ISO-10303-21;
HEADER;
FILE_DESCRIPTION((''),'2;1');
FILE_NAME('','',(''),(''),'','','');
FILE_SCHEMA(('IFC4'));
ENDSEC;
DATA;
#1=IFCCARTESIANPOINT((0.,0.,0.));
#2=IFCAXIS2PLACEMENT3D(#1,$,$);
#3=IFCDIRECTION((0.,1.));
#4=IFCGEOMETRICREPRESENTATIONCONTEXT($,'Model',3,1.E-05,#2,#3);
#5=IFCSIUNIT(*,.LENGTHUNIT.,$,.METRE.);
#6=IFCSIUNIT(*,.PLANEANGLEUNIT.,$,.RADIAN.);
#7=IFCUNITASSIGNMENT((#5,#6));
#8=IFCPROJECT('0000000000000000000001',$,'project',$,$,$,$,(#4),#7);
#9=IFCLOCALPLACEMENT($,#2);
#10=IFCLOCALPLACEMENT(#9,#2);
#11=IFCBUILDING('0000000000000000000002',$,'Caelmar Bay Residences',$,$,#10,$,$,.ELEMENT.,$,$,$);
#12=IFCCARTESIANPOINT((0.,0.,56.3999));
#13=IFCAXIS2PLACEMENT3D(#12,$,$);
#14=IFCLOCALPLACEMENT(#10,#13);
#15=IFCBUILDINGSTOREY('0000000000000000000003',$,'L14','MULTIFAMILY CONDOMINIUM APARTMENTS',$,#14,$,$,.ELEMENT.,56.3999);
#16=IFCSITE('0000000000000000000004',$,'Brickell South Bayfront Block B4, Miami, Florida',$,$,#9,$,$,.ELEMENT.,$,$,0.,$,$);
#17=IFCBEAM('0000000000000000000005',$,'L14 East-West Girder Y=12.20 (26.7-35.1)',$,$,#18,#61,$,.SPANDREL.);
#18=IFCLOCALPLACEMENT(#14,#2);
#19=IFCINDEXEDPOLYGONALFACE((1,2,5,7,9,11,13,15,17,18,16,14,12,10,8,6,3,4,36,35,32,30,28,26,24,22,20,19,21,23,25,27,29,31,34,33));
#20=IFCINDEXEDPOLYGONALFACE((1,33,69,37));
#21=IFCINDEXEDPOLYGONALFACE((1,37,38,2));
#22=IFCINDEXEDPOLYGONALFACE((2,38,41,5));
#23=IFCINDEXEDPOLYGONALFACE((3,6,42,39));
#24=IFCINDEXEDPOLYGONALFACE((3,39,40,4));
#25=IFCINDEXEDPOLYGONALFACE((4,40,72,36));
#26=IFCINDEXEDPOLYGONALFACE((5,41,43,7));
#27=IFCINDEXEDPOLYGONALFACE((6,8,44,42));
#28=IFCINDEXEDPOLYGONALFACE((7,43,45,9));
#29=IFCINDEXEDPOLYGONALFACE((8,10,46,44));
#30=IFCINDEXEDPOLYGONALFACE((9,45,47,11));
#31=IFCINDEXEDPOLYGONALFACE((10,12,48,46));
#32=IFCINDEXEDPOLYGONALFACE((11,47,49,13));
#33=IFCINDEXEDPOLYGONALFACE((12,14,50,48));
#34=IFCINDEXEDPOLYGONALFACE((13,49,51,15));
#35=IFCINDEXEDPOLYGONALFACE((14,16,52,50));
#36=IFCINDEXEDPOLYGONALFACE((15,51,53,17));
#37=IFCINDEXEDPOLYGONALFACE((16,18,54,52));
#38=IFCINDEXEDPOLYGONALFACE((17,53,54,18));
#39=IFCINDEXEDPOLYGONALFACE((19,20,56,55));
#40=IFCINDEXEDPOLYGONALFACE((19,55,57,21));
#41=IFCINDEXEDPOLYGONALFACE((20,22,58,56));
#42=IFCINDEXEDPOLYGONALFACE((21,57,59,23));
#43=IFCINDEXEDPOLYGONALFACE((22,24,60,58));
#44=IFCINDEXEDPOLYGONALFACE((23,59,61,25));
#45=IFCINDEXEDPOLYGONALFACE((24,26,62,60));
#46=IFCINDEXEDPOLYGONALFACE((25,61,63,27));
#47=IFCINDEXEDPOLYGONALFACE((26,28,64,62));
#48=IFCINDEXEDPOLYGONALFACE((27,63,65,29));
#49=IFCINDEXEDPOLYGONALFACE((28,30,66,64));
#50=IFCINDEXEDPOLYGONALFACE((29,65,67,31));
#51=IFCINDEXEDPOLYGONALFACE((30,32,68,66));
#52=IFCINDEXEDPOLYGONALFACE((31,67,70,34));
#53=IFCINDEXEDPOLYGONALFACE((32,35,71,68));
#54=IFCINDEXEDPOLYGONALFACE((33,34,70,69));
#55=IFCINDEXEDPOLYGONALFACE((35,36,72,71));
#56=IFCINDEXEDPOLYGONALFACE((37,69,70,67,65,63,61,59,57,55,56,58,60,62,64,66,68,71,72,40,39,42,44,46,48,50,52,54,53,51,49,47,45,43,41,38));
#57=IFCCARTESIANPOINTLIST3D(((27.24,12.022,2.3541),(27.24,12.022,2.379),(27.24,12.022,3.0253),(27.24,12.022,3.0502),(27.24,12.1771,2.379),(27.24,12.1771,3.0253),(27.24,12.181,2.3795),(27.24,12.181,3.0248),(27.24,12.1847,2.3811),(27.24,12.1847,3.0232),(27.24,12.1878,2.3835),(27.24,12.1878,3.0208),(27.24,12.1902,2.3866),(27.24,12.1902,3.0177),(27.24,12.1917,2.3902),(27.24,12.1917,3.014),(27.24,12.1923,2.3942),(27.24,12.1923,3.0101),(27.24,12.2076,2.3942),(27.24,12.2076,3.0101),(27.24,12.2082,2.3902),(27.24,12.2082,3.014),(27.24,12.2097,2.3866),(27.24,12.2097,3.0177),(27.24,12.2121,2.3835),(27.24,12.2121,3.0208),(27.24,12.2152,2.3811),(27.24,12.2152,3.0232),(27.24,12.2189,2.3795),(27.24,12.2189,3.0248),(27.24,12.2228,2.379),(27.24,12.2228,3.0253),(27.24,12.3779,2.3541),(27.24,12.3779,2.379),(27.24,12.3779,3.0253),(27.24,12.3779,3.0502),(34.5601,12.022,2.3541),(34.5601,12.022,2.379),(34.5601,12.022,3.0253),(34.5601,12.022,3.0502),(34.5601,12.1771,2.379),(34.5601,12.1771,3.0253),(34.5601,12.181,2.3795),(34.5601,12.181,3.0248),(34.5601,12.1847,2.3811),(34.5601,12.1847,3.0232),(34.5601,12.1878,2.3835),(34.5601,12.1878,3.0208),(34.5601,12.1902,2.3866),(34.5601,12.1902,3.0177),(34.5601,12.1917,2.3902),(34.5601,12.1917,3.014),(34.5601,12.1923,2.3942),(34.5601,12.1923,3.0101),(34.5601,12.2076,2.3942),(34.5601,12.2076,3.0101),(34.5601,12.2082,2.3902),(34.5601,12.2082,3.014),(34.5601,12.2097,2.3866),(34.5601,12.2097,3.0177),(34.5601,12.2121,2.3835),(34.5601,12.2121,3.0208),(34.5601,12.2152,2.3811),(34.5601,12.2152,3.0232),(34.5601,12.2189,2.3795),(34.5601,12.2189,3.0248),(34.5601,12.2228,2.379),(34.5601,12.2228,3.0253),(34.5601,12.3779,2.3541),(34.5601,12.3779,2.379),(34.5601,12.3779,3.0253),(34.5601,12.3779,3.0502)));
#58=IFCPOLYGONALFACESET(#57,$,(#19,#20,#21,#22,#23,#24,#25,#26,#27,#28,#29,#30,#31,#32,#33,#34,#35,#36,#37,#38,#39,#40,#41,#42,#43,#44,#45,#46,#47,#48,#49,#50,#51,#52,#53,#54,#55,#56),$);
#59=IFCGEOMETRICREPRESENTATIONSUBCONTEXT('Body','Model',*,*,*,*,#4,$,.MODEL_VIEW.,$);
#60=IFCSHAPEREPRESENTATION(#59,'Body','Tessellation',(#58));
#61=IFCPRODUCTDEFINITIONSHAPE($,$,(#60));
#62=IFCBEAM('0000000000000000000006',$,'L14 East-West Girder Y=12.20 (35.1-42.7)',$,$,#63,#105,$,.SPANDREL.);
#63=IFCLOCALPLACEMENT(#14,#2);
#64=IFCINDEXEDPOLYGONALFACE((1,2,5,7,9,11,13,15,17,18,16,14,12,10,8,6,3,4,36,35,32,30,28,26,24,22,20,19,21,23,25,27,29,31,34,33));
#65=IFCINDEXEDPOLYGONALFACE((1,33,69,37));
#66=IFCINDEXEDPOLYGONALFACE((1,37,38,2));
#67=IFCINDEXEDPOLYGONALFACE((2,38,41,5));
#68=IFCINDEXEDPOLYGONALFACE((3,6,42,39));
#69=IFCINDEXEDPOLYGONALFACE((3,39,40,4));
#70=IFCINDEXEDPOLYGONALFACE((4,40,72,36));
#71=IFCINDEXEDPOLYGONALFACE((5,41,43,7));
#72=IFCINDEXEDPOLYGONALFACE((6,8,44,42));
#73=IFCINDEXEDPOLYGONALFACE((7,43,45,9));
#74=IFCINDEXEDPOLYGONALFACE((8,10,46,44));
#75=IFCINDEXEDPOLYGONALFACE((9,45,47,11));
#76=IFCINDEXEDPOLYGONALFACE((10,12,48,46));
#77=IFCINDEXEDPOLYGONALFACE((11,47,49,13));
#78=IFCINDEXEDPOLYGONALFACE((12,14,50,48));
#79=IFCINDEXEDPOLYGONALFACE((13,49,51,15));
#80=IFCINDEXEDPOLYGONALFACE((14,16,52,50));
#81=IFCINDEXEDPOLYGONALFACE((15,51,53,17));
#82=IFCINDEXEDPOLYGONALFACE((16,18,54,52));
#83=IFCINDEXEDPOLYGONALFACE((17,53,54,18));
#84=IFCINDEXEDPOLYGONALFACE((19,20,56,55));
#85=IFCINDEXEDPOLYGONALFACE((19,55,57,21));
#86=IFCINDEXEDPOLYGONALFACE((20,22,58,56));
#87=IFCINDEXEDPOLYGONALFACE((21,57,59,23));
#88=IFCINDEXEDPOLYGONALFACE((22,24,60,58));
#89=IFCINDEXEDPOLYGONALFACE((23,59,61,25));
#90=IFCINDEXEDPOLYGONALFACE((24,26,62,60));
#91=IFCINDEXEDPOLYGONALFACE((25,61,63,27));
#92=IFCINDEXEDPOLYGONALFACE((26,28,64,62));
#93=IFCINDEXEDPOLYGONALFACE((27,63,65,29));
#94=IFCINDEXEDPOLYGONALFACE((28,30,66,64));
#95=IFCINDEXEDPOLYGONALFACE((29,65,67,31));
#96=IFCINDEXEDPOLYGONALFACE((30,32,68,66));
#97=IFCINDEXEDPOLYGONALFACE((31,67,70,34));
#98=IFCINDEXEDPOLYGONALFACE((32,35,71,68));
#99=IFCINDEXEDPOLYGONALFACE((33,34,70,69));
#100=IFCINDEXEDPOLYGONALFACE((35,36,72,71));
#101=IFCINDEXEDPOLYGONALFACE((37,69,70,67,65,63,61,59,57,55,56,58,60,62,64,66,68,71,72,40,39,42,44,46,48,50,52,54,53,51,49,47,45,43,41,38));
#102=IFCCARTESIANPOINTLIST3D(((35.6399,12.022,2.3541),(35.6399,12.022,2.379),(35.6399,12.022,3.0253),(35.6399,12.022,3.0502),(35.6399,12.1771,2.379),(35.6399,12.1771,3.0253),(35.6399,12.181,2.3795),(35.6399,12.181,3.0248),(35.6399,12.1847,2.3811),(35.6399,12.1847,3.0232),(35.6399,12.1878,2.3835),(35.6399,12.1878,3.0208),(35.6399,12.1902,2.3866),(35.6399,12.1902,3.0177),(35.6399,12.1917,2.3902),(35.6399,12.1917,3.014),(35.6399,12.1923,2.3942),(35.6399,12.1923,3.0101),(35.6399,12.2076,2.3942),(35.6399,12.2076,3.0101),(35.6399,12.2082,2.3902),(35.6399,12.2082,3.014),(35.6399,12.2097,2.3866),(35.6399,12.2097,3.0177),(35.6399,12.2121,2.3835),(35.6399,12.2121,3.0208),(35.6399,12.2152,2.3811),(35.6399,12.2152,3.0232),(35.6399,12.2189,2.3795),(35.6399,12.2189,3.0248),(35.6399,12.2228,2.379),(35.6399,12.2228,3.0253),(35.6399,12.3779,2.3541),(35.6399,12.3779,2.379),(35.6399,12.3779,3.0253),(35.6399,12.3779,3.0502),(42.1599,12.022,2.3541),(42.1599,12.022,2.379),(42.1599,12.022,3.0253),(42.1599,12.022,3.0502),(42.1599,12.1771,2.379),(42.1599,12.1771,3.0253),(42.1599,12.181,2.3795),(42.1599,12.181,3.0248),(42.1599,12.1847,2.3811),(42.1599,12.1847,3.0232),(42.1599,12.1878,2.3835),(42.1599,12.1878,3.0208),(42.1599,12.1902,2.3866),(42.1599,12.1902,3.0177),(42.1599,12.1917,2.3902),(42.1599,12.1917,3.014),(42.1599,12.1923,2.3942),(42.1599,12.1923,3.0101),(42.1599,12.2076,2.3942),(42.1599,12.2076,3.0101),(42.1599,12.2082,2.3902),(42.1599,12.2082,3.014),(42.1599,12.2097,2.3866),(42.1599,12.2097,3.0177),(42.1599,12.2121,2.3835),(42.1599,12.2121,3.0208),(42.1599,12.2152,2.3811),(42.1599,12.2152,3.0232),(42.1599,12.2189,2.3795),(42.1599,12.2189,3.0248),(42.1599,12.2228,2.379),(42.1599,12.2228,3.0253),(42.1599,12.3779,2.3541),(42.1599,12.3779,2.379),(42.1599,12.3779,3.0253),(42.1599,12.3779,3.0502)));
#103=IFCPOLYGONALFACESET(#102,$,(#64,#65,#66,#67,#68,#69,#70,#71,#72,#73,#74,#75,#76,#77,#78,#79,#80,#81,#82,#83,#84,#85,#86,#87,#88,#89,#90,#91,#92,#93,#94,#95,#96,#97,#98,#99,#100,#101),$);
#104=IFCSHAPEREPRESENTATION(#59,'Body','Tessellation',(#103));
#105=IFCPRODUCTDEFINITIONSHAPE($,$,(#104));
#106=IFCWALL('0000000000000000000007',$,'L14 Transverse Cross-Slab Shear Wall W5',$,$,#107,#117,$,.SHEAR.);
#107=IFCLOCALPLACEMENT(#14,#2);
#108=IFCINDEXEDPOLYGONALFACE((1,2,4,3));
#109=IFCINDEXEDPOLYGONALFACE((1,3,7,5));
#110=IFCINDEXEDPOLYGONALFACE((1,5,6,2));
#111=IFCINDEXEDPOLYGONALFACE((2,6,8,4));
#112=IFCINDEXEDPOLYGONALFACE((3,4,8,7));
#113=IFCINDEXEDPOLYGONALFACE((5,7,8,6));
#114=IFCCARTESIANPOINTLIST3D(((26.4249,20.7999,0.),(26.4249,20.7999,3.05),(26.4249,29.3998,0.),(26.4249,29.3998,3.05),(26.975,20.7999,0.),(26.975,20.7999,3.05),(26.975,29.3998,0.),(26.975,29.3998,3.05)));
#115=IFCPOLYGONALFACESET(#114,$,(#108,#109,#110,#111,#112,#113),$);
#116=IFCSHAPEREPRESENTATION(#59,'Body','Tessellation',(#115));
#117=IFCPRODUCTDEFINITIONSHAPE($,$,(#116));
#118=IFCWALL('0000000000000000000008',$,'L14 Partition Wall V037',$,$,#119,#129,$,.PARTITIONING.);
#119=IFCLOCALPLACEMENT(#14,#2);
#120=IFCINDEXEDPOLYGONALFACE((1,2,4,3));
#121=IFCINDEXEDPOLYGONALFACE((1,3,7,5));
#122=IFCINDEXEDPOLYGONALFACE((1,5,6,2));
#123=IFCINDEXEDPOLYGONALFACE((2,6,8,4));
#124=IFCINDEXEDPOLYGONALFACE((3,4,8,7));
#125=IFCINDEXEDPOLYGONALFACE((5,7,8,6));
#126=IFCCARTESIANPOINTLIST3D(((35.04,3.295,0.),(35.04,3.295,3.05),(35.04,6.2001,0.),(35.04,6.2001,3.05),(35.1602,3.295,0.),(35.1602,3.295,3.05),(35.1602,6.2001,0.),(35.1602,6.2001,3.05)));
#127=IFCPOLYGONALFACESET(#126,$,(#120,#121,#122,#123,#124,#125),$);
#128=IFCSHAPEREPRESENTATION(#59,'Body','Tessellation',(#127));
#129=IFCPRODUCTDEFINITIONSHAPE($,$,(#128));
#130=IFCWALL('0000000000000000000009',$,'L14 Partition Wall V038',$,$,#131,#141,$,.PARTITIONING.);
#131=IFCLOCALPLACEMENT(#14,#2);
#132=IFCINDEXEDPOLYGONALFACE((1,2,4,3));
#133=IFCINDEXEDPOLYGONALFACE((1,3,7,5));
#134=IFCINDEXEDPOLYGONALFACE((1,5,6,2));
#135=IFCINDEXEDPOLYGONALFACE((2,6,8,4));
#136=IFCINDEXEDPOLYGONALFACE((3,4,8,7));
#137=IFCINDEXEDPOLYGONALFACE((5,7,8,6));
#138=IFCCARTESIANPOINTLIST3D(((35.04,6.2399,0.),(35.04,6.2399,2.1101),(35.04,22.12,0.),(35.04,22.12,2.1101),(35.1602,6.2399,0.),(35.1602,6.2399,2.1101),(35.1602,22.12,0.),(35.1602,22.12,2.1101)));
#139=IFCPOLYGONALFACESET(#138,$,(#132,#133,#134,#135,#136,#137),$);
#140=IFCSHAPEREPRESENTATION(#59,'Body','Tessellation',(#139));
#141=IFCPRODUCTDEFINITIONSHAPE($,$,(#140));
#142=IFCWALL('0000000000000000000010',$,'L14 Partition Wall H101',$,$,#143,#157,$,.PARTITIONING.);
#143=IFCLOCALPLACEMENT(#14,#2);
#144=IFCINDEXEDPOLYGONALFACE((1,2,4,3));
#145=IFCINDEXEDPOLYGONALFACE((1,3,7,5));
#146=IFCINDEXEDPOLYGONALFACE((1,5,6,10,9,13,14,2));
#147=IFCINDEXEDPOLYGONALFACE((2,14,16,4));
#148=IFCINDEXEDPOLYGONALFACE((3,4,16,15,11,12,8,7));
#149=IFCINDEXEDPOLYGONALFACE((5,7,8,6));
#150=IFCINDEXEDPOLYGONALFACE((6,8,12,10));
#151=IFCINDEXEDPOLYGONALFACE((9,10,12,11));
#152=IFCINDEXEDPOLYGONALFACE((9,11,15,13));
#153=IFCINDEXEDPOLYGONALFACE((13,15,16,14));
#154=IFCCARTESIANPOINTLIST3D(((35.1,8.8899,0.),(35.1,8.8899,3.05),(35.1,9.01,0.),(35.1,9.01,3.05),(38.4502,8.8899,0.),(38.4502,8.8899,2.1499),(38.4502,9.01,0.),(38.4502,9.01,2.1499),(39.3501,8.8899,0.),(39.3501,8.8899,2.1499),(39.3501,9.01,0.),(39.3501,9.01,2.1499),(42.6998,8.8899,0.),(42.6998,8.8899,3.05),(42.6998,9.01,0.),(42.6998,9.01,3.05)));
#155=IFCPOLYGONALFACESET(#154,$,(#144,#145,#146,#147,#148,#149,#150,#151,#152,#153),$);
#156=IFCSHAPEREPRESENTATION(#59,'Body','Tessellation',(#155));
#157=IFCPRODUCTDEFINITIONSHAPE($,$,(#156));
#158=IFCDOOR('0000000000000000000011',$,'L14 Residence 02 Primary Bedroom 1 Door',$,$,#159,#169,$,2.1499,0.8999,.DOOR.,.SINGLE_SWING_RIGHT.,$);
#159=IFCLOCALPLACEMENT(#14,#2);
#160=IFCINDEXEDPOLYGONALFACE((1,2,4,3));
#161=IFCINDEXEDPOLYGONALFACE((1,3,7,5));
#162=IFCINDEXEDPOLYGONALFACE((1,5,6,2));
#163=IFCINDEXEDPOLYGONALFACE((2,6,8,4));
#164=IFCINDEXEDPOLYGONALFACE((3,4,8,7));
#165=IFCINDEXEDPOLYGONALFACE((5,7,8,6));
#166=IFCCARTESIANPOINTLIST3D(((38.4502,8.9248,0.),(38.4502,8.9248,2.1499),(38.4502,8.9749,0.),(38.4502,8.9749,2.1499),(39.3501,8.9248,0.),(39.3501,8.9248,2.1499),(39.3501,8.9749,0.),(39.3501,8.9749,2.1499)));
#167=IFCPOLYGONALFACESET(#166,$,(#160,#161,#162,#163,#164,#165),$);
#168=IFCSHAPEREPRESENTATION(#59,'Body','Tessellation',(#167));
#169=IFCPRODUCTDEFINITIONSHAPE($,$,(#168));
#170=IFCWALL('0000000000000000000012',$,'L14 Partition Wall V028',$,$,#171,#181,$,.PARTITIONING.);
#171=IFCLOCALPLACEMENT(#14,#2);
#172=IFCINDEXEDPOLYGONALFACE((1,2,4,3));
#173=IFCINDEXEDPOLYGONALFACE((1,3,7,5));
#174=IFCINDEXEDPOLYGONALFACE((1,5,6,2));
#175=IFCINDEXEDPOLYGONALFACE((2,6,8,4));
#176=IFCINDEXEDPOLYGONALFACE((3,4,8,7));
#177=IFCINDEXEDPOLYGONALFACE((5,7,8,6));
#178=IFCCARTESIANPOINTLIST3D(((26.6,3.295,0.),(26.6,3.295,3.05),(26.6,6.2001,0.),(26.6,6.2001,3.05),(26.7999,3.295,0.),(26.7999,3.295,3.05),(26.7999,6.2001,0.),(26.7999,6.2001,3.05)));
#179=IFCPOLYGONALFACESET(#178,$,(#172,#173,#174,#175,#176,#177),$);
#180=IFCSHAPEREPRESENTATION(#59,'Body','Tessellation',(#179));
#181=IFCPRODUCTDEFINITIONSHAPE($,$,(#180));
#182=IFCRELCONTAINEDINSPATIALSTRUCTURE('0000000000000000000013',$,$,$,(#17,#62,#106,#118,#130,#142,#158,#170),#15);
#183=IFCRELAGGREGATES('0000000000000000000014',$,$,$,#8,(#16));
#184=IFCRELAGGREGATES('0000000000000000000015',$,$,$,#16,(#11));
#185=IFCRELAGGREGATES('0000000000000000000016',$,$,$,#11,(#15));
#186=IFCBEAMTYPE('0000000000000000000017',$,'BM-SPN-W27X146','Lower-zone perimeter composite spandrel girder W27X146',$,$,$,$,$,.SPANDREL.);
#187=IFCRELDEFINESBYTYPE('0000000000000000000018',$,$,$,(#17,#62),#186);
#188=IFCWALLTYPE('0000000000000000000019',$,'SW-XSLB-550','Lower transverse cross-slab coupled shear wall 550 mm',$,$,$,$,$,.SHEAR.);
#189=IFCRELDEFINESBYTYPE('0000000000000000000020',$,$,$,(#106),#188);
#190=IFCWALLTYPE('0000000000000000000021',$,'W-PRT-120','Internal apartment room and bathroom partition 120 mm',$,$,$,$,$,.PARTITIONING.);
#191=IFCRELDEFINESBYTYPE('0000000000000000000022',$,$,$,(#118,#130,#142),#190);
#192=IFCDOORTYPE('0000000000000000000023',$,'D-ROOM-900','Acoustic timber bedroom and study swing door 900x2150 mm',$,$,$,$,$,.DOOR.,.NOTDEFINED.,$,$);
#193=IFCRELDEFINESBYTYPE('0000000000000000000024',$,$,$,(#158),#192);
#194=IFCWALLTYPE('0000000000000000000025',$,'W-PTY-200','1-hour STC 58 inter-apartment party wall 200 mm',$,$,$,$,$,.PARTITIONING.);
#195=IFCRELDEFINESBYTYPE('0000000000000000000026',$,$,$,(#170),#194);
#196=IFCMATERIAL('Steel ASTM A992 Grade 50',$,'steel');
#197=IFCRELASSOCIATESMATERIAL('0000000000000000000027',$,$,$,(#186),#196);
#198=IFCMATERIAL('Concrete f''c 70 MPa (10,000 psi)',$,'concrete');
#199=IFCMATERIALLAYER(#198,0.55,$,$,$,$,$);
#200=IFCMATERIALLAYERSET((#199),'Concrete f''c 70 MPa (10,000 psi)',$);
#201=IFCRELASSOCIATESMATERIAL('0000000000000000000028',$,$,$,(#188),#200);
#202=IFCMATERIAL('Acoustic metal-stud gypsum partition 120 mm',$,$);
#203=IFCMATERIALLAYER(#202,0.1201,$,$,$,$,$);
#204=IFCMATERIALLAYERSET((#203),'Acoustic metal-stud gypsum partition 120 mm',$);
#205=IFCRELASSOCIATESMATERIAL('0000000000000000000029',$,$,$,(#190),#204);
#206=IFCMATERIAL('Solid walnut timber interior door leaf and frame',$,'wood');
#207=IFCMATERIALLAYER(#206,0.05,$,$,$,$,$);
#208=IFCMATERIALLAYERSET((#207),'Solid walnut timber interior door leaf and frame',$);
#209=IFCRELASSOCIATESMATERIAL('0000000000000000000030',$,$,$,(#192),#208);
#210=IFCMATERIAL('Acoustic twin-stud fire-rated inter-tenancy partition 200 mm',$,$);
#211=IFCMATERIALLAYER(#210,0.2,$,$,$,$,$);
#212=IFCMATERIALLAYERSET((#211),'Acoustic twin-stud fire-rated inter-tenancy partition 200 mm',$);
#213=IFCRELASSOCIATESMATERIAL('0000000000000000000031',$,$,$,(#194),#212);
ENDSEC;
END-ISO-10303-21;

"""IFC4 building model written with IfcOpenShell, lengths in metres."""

from ifc_helpers import new_model, si_unit, direction, frame, frame_2d, origin, origin_2d, place, context, subcontext, project, spatial, rectangle, i_section, extrude, material, layer, layer_set, material_profile, profile_set, type_object, element, fill, save


model = new_model("IFC4")

# Units and contexts
model_context = context("Model", 3, precision=1e-05, world=origin(), true_north=direction((0.0, 1.0)))
body_context = subcontext(model_context, "Body", "Model", "MODEL_VIEW")
ifc_project = project(units=[si_unit("LENGTHUNIT", "METRE"), si_unit("PLANEANGLEUNIT", "RADIAN")], contexts=[model_context])

# Site, building, storey
site_placement = place(None, origin())
site = spatial("IfcSite", under=ifc_project, at=site_placement, Name="Brickell South Bayfront Block B4, Miami, Florida", CompositionType="ELEMENT", RefElevation=0.0)
building_placement = place(site_placement, origin())
building = spatial("IfcBuilding", under=site, at=building_placement, Name="Caelmar Bay Residences", CompositionType="ELEMENT")
storey_placement = place(building_placement, frame((0.0, 0.0, 56.3999)))
storey = spatial("IfcBuildingStorey", under=building, at=storey_placement, Name="L14", Description="MULTIFAMILY CONDOMINIUM APARTMENTS", CompositionType="ELEMENT", Elevation=56.3999)

# Shared definitions
ifc_material_1 = material(Name="Concrete f'c 70 MPa (10,000 psi)", Category="concrete")

# Beams
ifc_material_2 = material(Name="Steel ASTM A992 Grade 50", Category="steel")
ifc_material_profile_1 = material_profile(ifc_material_2, i_section(OverallWidth=0.356, OverallDepth=0.696, WebThickness=0.0154, FlangeThickness=0.0249, FilletRadius=0.0151, at=origin_2d()), Name="W27X146")
ifc_profile_set_1 = profile_set([ifc_material_profile_1], Name="Steel ASTM A992 Grade 50")
beam_type_1 = type_object("IfcBeamType", Name="BM-SPN-W27X146", Description="Lower-zone perimeter composite spandrel girder W27X146", PredefinedType="SPANDREL", material=ifc_profile_set_1)
beam_1_placement = place(storey_placement, frame((27.24, 12.2, 2.7021), z_axis=(1.0, 0.0, 0.0), x_axis=(0.0, 1.0, 0.0)))
element("IfcBeam", 1, at=beam_1_placement, inside=storey, type_object=beam_type_1, Name="L14 East-West Girder Y=12.20 (26.7-35.1)", PredefinedType="SPANDREL", context=body_context, shape_type="SweptSolid", body=[
    extrude(i_section(OverallWidth=0.356, OverallDepth=0.696, WebThickness=0.0154, FlangeThickness=0.0249, FilletRadius=0.0151, at=origin_2d()), origin(), (0.0, 0.0, 1.0), 7.3201),
])
beam_2_placement = place(storey_placement, frame((35.6399, 12.2, 2.7021), z_axis=(1.0, 0.0, 0.0), x_axis=(0.0, 1.0, 0.0)))
element("IfcBeam", 2, at=beam_2_placement, inside=storey, type_object=beam_type_1, Name="L14 East-West Girder Y=12.20 (35.1-42.7)", PredefinedType="SPANDREL", context=body_context, shape_type="SweptSolid", body=[
    extrude(i_section(OverallWidth=0.356, OverallDepth=0.696, WebThickness=0.0154, FlangeThickness=0.0249, FilletRadius=0.0151, at=origin_2d()), origin(), (0.0, 0.0, 1.0), 6.52),
])

# Walls
ifc_layer_1 = layer(ifc_material_1, 0.55)
ifc_layer_set_1 = layer_set([ifc_layer_1], Name="Concrete f'c 70 MPa (10,000 psi)")
wall_type_1 = type_object("IfcWallType", Name="SW-XSLB-550", Description="Lower transverse cross-slab coupled shear wall 550 mm", PredefinedType="SHEAR", material=ifc_layer_set_1)
wall_1_placement = place(storey_placement, frame((26.7, 20.8, 0.0), z_axis=(0.0, 0.0, 1.0), x_axis=(0.0, 1.0, 0.0)))
element("IfcWall", 3, at=wall_1_placement, inside=storey, type_object=wall_type_1, Name="L14 Transverse Cross-Slab Shear Wall W5", PredefinedType="SHEAR", context=body_context, shape_type="SweptSolid", body=[
    extrude(rectangle(XDim=8.5999, YDim=0.55, at=frame_2d((4.2998, 0.0))), origin(), (0.0, 0.0, 1.0), 3.05),
])
ifc_material_3 = material(Name="Acoustic metal-stud gypsum partition 120 mm")
ifc_layer_2 = layer(ifc_material_3, 0.1201)
ifc_layer_set_2 = layer_set([ifc_layer_2], Name="Acoustic metal-stud gypsum partition 120 mm")
wall_type_2 = type_object("IfcWallType", Name="W-PRT-120", Description="Internal apartment room and bathroom partition 120 mm", PredefinedType="PARTITIONING", material=ifc_layer_set_2)
wall_2_placement = place(storey_placement, frame((35.1001, 3.2949, 0.0), z_axis=(0.0, 0.0, 1.0), x_axis=(0.0, 1.0, 0.0)))
element("IfcWall", 4, at=wall_2_placement, inside=storey, type_object=wall_type_2, Name="L14 Partition Wall V037", PredefinedType="PARTITIONING", context=body_context, shape_type="SweptSolid", body=[
    extrude(rectangle(XDim=2.905, YDim=0.1201, at=frame_2d((1.4526, 0.0))), origin(), (0.0, 0.0, 1.0), 3.05),
])
wall_3_placement = place(storey_placement, frame((35.1001, 6.24, 0.0), z_axis=(0.0, 0.0, 1.0), x_axis=(0.0, 1.0, 0.0)))
element("IfcWall", 5, at=wall_3_placement, inside=storey, type_object=wall_type_2, Name="L14 Partition Wall V038", PredefinedType="PARTITIONING", context=body_context, shape_type="SweptSolid", body=[
    extrude(rectangle(XDim=15.8801, YDim=0.1201, at=frame_2d((7.9399, 0.0))), origin(), (0.0, 0.0, 1.0), 2.1101),
])

# Wall, opening, door
wall_4_placement = place(storey_placement, frame((35.1001, 8.95, 0.0), z_axis=(0.0, 0.0, 1.0), x_axis=(1.0, 0.0, 0.0)))
wall_4 = element("IfcWall", 6, at=wall_4_placement, inside=storey, type_object=wall_type_2, Name="L14 Partition Wall H101", PredefinedType="PARTITIONING", context=body_context, shape_type="SweptSolid", body=[
    extrude(rectangle(XDim=7.5999, YDim=0.1201, at=frame_2d((3.7998, 0.0))), origin(), (0.0, 0.0, 1.0), 3.05),
])
opening_placement = place(wall_4_placement, frame((3.3501, 0.0, 0.0)))
opening = element("IfcOpeningElement", 7, at=opening_placement, cuts=wall_4, PredefinedType="OPENING", context=body_context, shape_type="SweptSolid", body=[
    extrude(rectangle(XDim=0.8999, YDim=2.1499, at=frame_2d((0.45, 1.075))), frame((0.0, 0.0701, 0.0), z_axis=(0.0, -1.0, 0.0), x_axis=(1.0, 0.0, 0.0)), (0.0, 0.0, 1.0), 0.1401),
])
ifc_material_4 = material(Name="Solid walnut timber interior door leaf and frame", Category="wood")
ifc_layer_3 = layer(ifc_material_4, 0.05)
ifc_layer_set_3 = layer_set([ifc_layer_3], Name="Solid walnut timber interior door leaf and frame")
door_type = type_object("IfcDoorType", Name="D-ROOM-900", Description="Acoustic timber bedroom and study swing door 900x2150 mm", OperationType="NOTDEFINED", PredefinedType="DOOR", material=ifc_layer_set_3)
door_placement = place(opening_placement, origin())
door = element("IfcDoor", 8, at=door_placement, inside=storey, type_object=door_type, Name="L14 Residence 02 Primary Bedroom 1 Door", OperationType="SINGLE_SWING_RIGHT", OverallHeight=2.1499, OverallWidth=0.8999, PredefinedType="DOOR", context=body_context, shape_type="SweptSolid", body=[
    extrude(rectangle(XDim=0.8999, YDim=2.1499, at=frame_2d((0.45, 1.075))), frame((0.0, 0.0249, 0.0), z_axis=(0.0, -1.0, 0.0), x_axis=(1.0, 0.0, 0.0)), (0.0, 0.0, 1.0), 0.05),
])
fill(opening, door)

# Wall
ifc_material_5 = material(Name="Acoustic twin-stud fire-rated inter-tenancy partition 200 mm")
ifc_layer_4 = layer(ifc_material_5, 0.2)
ifc_layer_set_4 = layer_set([ifc_layer_4], Name="Acoustic twin-stud fire-rated inter-tenancy partition 200 mm")
wall_type_3 = type_object("IfcWallType", Name="W-PTY-200", Description="1-hour STC 58 inter-apartment party wall 200 mm", PredefinedType="PARTITIONING", material=ifc_layer_set_4)
wall_5_placement = place(storey_placement, frame((26.7, 3.2949, 0.0), z_axis=(0.0, 0.0, 1.0), x_axis=(0.0, 1.0, 0.0)))
element("IfcWall", 9, at=wall_5_placement, inside=storey, type_object=wall_type_3, Name="L14 Partition Wall V028", PredefinedType="PARTITIONING", context=body_context, shape_type="SweptSolid", body=[
    extrude(rectangle(XDim=2.905, YDim=0.2, at=frame_2d((1.4526, 0.0))), origin(), (0.0, 0.0, 1.0), 3.05),
])

save(model, "model.ifc")
